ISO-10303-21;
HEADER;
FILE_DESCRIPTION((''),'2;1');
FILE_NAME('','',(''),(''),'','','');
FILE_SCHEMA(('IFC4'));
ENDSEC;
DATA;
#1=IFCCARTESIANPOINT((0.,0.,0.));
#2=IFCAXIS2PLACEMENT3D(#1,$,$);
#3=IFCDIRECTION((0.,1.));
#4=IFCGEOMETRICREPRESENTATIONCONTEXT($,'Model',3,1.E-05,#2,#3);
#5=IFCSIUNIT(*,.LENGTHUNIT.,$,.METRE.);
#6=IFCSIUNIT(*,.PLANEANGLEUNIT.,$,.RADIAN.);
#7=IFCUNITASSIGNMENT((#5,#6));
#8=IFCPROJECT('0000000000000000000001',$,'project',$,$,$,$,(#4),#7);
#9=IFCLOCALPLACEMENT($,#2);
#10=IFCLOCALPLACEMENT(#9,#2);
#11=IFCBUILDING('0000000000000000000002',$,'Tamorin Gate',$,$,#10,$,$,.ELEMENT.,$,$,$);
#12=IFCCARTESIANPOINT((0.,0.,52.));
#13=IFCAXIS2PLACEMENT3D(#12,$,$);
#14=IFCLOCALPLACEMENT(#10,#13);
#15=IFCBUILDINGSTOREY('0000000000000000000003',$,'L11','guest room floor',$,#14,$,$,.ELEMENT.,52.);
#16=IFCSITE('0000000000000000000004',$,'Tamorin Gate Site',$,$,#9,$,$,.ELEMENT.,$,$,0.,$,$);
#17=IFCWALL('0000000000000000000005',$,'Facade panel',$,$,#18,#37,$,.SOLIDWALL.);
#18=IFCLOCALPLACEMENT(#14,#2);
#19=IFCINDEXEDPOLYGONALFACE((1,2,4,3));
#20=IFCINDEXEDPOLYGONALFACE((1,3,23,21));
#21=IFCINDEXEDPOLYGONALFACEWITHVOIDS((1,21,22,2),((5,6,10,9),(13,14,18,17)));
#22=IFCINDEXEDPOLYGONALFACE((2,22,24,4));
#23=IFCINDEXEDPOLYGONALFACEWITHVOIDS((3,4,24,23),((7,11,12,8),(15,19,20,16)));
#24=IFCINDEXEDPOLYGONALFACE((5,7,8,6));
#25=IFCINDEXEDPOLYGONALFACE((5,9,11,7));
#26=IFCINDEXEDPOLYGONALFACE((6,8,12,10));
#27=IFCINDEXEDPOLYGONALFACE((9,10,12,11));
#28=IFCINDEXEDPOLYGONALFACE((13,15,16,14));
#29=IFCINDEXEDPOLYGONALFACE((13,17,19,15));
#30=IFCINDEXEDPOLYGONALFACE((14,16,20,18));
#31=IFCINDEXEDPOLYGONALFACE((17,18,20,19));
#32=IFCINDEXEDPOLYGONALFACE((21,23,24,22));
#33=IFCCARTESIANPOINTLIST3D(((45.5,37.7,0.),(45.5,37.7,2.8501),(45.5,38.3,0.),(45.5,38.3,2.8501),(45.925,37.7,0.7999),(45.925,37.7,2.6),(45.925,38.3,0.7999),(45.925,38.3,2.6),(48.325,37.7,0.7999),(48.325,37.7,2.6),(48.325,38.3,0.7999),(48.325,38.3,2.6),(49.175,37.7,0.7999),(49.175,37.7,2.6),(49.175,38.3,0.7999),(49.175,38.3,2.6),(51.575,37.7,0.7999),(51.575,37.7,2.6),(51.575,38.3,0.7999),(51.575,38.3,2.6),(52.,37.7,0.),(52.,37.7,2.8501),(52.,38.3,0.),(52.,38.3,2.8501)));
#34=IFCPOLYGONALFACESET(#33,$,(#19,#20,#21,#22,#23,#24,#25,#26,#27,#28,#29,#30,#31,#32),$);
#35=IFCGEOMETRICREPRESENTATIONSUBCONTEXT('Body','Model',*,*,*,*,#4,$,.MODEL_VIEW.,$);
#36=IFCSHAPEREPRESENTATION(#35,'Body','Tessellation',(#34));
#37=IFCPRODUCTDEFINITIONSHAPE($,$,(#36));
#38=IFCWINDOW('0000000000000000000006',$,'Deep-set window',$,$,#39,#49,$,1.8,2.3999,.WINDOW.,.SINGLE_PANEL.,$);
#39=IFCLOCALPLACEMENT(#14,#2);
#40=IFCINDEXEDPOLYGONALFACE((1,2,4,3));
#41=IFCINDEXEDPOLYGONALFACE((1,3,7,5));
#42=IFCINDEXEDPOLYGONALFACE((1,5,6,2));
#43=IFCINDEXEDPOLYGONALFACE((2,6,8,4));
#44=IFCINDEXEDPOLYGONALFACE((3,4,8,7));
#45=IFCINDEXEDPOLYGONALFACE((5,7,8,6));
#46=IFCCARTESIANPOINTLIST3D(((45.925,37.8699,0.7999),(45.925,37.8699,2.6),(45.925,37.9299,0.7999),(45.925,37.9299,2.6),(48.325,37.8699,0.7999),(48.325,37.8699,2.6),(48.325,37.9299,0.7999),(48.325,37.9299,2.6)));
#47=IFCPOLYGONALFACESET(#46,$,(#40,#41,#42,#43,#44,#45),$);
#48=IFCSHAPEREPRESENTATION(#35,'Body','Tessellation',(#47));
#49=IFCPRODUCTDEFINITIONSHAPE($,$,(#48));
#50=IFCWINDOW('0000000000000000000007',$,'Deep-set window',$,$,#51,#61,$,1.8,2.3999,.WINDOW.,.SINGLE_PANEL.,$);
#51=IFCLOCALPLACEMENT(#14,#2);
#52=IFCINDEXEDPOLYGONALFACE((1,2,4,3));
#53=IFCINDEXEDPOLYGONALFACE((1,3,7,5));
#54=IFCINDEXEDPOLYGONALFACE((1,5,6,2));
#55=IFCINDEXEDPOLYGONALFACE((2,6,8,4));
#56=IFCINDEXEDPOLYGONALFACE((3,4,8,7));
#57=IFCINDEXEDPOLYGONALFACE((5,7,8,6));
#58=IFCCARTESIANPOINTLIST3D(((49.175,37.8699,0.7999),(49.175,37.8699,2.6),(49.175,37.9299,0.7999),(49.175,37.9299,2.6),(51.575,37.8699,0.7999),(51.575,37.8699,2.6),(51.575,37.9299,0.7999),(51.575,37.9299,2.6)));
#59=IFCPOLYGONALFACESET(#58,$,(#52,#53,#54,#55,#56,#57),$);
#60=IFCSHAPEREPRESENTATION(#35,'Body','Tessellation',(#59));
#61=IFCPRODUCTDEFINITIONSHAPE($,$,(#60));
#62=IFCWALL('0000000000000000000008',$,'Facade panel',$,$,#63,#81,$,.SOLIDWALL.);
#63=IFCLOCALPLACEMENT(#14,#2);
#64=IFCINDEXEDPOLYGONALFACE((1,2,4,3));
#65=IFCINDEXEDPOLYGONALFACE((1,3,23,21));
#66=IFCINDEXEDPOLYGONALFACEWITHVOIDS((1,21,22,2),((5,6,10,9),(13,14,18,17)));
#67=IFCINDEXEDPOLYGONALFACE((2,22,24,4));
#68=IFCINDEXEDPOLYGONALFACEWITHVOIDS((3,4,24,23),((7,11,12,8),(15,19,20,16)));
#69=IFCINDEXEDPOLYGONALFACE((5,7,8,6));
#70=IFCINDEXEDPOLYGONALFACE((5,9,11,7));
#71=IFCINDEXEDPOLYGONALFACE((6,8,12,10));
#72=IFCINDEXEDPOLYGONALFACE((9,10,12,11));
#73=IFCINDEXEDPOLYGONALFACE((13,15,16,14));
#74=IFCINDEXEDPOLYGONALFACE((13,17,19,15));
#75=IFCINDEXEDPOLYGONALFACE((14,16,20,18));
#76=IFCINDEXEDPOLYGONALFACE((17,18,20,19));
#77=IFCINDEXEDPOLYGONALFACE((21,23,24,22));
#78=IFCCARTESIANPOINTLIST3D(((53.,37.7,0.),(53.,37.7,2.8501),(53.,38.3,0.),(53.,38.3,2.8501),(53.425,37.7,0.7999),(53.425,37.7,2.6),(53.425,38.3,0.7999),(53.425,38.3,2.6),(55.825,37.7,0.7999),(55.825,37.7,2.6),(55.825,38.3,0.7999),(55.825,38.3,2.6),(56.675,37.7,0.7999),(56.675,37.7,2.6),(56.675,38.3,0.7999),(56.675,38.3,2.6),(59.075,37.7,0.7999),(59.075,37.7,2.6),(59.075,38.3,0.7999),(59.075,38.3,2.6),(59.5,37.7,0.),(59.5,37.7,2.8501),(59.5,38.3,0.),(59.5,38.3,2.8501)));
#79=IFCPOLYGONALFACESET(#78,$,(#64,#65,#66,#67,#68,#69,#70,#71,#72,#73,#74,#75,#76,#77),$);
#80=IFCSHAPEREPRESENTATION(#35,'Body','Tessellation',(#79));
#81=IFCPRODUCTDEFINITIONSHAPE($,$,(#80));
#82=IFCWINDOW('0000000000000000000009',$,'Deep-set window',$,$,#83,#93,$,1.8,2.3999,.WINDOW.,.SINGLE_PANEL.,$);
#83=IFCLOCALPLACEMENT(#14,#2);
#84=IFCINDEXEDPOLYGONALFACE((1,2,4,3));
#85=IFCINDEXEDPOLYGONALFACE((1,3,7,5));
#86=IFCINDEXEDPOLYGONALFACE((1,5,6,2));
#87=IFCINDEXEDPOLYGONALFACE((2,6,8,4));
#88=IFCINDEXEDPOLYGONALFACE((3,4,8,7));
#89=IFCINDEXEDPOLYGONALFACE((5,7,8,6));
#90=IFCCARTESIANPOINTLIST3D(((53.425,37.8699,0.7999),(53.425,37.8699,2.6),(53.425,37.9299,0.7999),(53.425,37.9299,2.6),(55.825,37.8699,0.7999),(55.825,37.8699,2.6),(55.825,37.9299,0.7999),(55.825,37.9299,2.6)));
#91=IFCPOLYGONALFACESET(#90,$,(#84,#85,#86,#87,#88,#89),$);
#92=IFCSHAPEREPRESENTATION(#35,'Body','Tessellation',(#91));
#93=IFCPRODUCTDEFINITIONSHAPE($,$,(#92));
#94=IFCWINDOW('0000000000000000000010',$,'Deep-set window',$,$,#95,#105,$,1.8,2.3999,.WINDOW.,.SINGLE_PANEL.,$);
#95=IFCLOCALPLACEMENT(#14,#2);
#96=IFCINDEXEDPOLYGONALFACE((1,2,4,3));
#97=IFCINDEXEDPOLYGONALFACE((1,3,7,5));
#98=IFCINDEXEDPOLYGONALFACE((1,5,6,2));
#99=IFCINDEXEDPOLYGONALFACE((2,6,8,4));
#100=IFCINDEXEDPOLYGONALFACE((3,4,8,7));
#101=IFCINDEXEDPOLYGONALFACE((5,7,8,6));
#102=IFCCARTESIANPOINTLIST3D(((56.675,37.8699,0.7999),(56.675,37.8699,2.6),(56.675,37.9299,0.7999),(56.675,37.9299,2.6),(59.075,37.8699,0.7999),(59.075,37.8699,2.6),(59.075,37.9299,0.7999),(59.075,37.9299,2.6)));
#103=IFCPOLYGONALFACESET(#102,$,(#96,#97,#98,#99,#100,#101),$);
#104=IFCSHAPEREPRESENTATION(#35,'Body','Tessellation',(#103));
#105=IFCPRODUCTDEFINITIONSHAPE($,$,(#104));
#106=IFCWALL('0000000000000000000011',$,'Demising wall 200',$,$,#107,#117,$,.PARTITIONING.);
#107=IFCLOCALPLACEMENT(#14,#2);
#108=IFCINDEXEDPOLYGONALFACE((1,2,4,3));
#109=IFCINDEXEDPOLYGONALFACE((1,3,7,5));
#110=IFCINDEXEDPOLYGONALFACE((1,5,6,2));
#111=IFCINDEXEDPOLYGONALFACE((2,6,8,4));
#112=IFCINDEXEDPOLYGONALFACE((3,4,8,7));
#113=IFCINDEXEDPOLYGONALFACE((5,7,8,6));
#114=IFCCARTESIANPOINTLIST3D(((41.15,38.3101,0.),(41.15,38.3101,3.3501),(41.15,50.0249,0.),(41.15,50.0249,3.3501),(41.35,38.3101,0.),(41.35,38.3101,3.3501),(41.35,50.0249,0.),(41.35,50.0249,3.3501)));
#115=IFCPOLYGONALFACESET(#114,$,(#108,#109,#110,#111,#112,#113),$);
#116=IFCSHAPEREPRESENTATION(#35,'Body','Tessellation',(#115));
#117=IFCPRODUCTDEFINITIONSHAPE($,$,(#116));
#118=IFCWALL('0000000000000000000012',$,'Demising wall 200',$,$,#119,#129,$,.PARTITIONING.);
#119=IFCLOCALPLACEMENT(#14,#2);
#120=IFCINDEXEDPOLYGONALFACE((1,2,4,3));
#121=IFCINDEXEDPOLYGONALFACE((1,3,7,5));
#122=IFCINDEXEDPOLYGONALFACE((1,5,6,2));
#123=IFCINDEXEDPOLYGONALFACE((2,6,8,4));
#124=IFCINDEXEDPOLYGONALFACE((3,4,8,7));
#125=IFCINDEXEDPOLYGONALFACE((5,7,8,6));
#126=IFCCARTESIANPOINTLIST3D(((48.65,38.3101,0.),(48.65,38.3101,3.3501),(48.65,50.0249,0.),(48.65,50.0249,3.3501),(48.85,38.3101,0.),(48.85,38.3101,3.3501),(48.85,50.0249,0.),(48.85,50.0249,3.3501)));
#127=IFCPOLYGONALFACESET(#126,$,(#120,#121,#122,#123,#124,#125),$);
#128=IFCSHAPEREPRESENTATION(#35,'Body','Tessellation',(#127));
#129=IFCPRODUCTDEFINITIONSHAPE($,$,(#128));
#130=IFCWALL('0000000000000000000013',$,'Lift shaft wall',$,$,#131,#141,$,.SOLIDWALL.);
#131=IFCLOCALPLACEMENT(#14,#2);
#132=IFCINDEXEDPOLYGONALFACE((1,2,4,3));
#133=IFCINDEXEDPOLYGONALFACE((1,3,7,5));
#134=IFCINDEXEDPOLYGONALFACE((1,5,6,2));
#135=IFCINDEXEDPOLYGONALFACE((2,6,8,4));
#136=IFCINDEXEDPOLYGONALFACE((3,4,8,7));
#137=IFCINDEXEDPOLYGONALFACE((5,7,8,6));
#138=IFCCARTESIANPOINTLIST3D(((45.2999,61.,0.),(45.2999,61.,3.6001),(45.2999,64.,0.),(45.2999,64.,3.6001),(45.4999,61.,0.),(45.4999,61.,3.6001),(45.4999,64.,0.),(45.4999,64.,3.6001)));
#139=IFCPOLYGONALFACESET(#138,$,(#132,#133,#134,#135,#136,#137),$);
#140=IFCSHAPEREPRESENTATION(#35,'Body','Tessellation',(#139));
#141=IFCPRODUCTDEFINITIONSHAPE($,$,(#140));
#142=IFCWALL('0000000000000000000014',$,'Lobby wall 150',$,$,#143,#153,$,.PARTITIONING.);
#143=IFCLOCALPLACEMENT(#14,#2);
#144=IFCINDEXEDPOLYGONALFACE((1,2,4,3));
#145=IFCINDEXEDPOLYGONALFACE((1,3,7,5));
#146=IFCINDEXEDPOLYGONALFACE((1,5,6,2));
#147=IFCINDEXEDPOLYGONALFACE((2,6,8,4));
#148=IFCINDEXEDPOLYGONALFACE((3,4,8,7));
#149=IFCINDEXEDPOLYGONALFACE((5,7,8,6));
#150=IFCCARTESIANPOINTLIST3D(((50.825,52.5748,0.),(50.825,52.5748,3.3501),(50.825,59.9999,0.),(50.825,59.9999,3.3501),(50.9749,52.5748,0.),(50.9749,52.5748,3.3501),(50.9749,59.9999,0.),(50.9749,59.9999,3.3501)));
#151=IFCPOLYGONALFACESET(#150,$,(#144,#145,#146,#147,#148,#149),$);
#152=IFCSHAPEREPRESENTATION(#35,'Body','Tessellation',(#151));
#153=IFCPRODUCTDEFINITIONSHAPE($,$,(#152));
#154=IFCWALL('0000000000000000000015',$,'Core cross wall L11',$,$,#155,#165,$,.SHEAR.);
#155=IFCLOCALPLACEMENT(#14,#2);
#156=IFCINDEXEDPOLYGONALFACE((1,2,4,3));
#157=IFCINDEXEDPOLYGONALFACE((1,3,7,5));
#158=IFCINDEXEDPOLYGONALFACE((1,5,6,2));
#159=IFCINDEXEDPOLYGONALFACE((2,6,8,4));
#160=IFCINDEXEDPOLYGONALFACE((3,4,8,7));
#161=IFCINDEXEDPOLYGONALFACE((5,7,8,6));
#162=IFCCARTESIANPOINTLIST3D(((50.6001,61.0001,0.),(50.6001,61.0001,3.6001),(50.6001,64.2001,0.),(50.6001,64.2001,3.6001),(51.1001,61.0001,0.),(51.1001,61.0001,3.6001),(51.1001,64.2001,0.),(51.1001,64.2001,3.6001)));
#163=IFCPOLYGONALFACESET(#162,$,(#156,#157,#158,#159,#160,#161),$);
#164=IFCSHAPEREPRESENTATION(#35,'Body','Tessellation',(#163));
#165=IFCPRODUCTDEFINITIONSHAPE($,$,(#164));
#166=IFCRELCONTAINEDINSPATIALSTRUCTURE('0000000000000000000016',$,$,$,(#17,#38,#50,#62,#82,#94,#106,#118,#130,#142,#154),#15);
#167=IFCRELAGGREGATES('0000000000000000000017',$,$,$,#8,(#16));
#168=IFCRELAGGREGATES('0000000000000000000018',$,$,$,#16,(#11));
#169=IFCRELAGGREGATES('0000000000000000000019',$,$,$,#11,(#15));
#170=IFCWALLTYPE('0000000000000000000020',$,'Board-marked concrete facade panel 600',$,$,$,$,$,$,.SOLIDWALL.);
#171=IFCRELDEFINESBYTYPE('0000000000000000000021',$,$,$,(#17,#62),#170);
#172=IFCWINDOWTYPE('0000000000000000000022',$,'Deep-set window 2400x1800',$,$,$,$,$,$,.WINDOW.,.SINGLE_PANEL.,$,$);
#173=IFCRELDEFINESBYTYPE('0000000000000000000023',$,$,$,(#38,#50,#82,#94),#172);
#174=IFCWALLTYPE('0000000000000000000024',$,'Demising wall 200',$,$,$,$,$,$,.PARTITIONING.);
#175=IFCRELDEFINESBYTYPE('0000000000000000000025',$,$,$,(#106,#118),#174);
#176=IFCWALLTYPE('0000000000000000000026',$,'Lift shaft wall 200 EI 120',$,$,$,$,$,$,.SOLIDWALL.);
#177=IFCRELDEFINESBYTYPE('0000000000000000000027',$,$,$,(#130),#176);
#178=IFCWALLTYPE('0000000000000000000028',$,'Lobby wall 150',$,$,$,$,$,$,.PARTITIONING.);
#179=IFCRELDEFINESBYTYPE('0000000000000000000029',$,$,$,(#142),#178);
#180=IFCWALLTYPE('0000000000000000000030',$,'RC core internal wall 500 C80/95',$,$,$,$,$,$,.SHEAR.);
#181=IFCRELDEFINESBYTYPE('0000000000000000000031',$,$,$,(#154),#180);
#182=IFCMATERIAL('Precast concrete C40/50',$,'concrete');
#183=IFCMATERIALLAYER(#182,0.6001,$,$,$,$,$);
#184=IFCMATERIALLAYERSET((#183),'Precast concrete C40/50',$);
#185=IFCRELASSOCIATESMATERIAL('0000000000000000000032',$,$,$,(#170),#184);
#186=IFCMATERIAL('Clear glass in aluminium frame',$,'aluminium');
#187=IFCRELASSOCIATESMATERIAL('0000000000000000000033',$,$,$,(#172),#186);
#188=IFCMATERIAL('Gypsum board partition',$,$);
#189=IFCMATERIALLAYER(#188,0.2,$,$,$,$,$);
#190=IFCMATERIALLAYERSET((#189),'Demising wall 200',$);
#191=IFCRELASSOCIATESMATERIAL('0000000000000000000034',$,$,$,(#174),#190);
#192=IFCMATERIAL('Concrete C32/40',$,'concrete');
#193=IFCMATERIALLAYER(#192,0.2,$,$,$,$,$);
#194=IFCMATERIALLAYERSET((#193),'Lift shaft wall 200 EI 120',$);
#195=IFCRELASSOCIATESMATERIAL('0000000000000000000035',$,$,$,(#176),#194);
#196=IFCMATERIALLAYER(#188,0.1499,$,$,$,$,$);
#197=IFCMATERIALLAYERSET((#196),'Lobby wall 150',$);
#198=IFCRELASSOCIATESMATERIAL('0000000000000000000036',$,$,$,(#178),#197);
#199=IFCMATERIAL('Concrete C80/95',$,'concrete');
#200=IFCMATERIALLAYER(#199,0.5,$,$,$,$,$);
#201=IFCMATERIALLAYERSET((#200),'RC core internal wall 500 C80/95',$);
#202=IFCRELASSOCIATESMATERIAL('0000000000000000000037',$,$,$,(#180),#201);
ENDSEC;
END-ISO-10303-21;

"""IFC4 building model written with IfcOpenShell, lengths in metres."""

from ifc_helpers import new_model, si_unit, direction, frame, frame_2d, origin, place, context, subcontext, project, spatial, rectangle, extrude, material, layer, layer_set, type_object, element, fill, save


model = new_model("IFC4")

# Units and contexts
model_context = context("Model", 3, precision=1e-05, world=origin(), true_north=direction((0.0, 1.0)))
body_context = subcontext(model_context, "Body", "Model", "MODEL_VIEW")
ifc_project = project(units=[si_unit("LENGTHUNIT", "METRE"), si_unit("PLANEANGLEUNIT", "RADIAN")], contexts=[model_context])

# Site, building, storey
site_placement = place(None, origin())
site = spatial("IfcSite", under=ifc_project, at=site_placement, Name="Tamorin Gate Site", CompositionType="ELEMENT", RefElevation=0.0)
building_placement = place(site_placement, origin())
building = spatial("IfcBuilding", under=site, at=building_placement, Name="Tamorin Gate", CompositionType="ELEMENT")
storey_placement = place(building_placement, frame((0.0, 0.0, 52.0)))
storey = spatial("IfcBuildingStorey", under=building, at=storey_placement, Name="L11", Description="guest room floor", CompositionType="ELEMENT", Elevation=52.0)

# Shared definitions
ifc_material_1 = material(Name="Concrete C80/95", Category="concrete")

# Walls, openings, windows
ifc_material_2 = material(Name="Precast concrete C40/50", Category="concrete")
ifc_layer_1 = layer(ifc_material_2, 0.6001)
ifc_layer_set_1 = layer_set([ifc_layer_1], Name="Precast concrete C40/50")
wall_type_1 = type_object("IfcWallType", Name="Board-marked concrete facade panel 600", PredefinedType="SOLIDWALL", material=ifc_layer_set_1)
ifc_material_3 = material(Name="Clear glass in aluminium frame", Category="aluminium")
window_type = type_object("IfcWindowType", Name="Deep-set window 2400x1800", PartitioningType="SINGLE_PANEL", PredefinedType="WINDOW", material=ifc_material_3)
wall_1_placement = place(storey_placement, frame((45.5, 38.0, 0.0), z_axis=(0.0, 0.0, 1.0), x_axis=(1.0, 0.0, 0.0)))
wall_1 = element("IfcWall", 1, at=wall_1_placement, inside=storey, type_object=wall_type_1, Name="Facade panel", PredefinedType="SOLIDWALL", context=body_context, shape_type="SweptSolid", body=[
    extrude(rectangle(XDim=6.5, YDim=0.6001, at=frame_2d((3.25, 0.0))), origin(), (0.0, 0.0, 1.0), 2.8501),
])
opening_1_placement = place(wall_1_placement, frame((0.425, 0.0, 0.8)))
opening_1 = element("IfcOpeningElement", 2, at=opening_1_placement, cuts=wall_1, PredefinedType="OPENING", context=body_context, shape_type="SweptSolid", body=[
    extrude(rectangle(XDim=2.3999, YDim=1.8, at=frame_2d((1.2, 0.8999))), frame((0.0, 0.3101, 0.0), z_axis=(0.0, -1.0, 0.0), x_axis=(1.0, 0.0, 0.0)), (0.0, 0.0, 1.0), 0.6201),
])
opening_2_placement = place(wall_1_placement, frame((3.675, 0.0, 0.8)))
opening_2 = element("IfcOpeningElement", 3, at=opening_2_placement, cuts=wall_1, PredefinedType="OPENING", context=body_context, shape_type="SweptSolid", body=[
    extrude(rectangle(XDim=2.3999, YDim=1.8, at=frame_2d((1.2, 0.8999))), frame((0.0, 0.3101, 0.0), z_axis=(0.0, -1.0, 0.0), x_axis=(1.0, 0.0, 0.0)), (0.0, 0.0, 1.0), 0.6201),
])
window_1_placement = place(opening_1_placement, origin())
window_1 = element("IfcWindow", 4, at=window_1_placement, inside=storey, type_object=window_type, Name="Deep-set window", OverallHeight=1.8, OverallWidth=2.3999, PartitioningType="SINGLE_PANEL", PredefinedType="WINDOW", context=body_context, shape_type="SweptSolid", body=[
    extrude(rectangle(XDim=2.3999, YDim=1.8, at=frame_2d((1.2, 0.8999))), frame((0.0, -0.0701, 0.0), z_axis=(0.0, -1.0, 0.0), x_axis=(1.0, 0.0, 0.0)), (0.0, 0.0, 1.0), 0.0601),
])
fill(opening_1, window_1)
window_2_placement = place(opening_2_placement, origin())
window_2 = element("IfcWindow", 5, at=window_2_placement, inside=storey, type_object=window_type, Name="Deep-set window", OverallHeight=1.8, OverallWidth=2.3999, PartitioningType="SINGLE_PANEL", PredefinedType="WINDOW", context=body_context, shape_type="SweptSolid", body=[
    extrude(rectangle(XDim=2.3999, YDim=1.8, at=frame_2d((1.2, 0.8999))), frame((0.0, -0.0701, 0.0), z_axis=(0.0, -1.0, 0.0), x_axis=(1.0, 0.0, 0.0)), (0.0, 0.0, 1.0), 0.0601),
])
fill(opening_2, window_2)
wall_2_placement = place(storey_placement, frame((53.0, 38.0, 0.0), z_axis=(0.0, 0.0, 1.0), x_axis=(1.0, 0.0, 0.0)))
wall_2 = element("IfcWall", 6, at=wall_2_placement, inside=storey, type_object=wall_type_1, Name="Facade panel", PredefinedType="SOLIDWALL", context=body_context, shape_type="SweptSolid", body=[
    extrude(rectangle(XDim=6.5, YDim=0.6001, at=frame_2d((3.25, 0.0))), origin(), (0.0, 0.0, 1.0), 2.8501),
])
opening_3_placement = place(wall_2_placement, frame((0.425, 0.0, 0.8)))
opening_3 = element("IfcOpeningElement", 7, at=opening_3_placement, cuts=wall_2, PredefinedType="OPENING", context=body_context, shape_type="SweptSolid", body=[
    extrude(rectangle(XDim=2.3999, YDim=1.8, at=frame_2d((1.2, 0.8999))), frame((0.0, 0.3101, 0.0), z_axis=(0.0, -1.0, 0.0), x_axis=(1.0, 0.0, 0.0)), (0.0, 0.0, 1.0), 0.6201),
])
opening_4_placement = place(wall_2_placement, frame((3.675, 0.0, 0.8)))
opening_4 = element("IfcOpeningElement", 8, at=opening_4_placement, cuts=wall_2, PredefinedType="OPENING", context=body_context, shape_type="SweptSolid", body=[
    extrude(rectangle(XDim=2.3999, YDim=1.8, at=frame_2d((1.2, 0.8999))), frame((0.0, 0.3101, 0.0), z_axis=(0.0, -1.0, 0.0), x_axis=(1.0, 0.0, 0.0)), (0.0, 0.0, 1.0), 0.6201),
])
window_3_placement = place(opening_3_placement, origin())
window_3 = element("IfcWindow", 9, at=window_3_placement, inside=storey, type_object=window_type, Name="Deep-set window", OverallHeight=1.8, OverallWidth=2.3999, PartitioningType="SINGLE_PANEL", PredefinedType="WINDOW", context=body_context, shape_type="SweptSolid", body=[
    extrude(rectangle(XDim=2.3999, YDim=1.8, at=frame_2d((1.2, 0.8999))), frame((0.0, -0.0701, 0.0), z_axis=(0.0, -1.0, 0.0), x_axis=(1.0, 0.0, 0.0)), (0.0, 0.0, 1.0), 0.0601),
])
fill(opening_3, window_3)
window_4_placement = place(opening_4_placement, origin())
window_4 = element("IfcWindow", 10, at=window_4_placement, inside=storey, type_object=window_type, Name="Deep-set window", OverallHeight=1.8, OverallWidth=2.3999, PartitioningType="SINGLE_PANEL", PredefinedType="WINDOW", context=body_context, shape_type="SweptSolid", body=[
    extrude(rectangle(XDim=2.3999, YDim=1.8, at=frame_2d((1.2, 0.8999))), frame((0.0, -0.0701, 0.0), z_axis=(0.0, -1.0, 0.0), x_axis=(1.0, 0.0, 0.0)), (0.0, 0.0, 1.0), 0.0601),
])
fill(opening_4, window_4)

# Walls
ifc_material_4 = material(Name="Gypsum board partition")
ifc_layer_2 = layer(ifc_material_4, 0.2)
ifc_layer_set_2 = layer_set([ifc_layer_2], Name="Demising wall 200")
wall_type_2 = type_object("IfcWallType", Name="Demising wall 200", PredefinedType="PARTITIONING", material=ifc_layer_set_2)
for number, where, z_axis, x_axis, name in (
    (11, (41.25, 38.3101, 0.0), (0.0, 0.0, 1.0), (0.0, 1.0, 0.0), "Demising wall 200"),
    (12, (48.75, 38.3101, 0.0), (0.0, 0.0, 1.0), (0.0, 1.0, 0.0), "Demising wall 200"),
):
    element("IfcWall", number, at=place(storey_placement, frame(where, z_axis=z_axis, x_axis=x_axis)), inside=storey, type_object=wall_type_2, Name=name, PredefinedType="PARTITIONING", context=body_context, shape_type="SweptSolid", body=[
        extrude(rectangle(XDim=11.7148, YDim=0.2, at=frame_2d((5.8574, 0.0))), origin(), (0.0, 0.0, 1.0), 3.3501),
    ])
ifc_material_5 = material(Name="Concrete C32/40", Category="concrete")
ifc_layer_3 = layer(ifc_material_5, 0.2)
ifc_layer_set_3 = layer_set([ifc_layer_3], Name="Lift shaft wall 200 EI 120")
wall_type_3 = type_object("IfcWallType", Name="Lift shaft wall 200 EI 120", PredefinedType="SOLIDWALL", material=ifc_layer_set_3)
wall_3_placement = place(storey_placement, frame((45.3999, 61.0, 0.0), z_axis=(0.0, 0.0, 1.0), x_axis=(0.0, 1.0, 0.0)))
element("IfcWall", 13, at=wall_3_placement, inside=storey, type_object=wall_type_3, Name="Lift shaft wall", PredefinedType="SOLIDWALL", context=body_context, shape_type="SweptSolid", body=[
    extrude(rectangle(XDim=3.0, YDim=0.2, at=frame_2d((1.5, 0.0))), origin(), (0.0, 0.0, 1.0), 3.6001),
])
ifc_layer_4 = layer(ifc_material_4, 0.1499)
ifc_layer_set_4 = layer_set([ifc_layer_4], Name="Lobby wall 150")
wall_type_4 = type_object("IfcWallType", Name="Lobby wall 150", PredefinedType="PARTITIONING", material=ifc_layer_set_4)
wall_4_placement = place(storey_placement, frame((50.8999, 52.575, 0.0), z_axis=(0.0, 0.0, 1.0), x_axis=(0.0, 1.0, 0.0)))
element("IfcWall", 14, at=wall_4_placement, inside=storey, type_object=wall_type_4, Name="Lobby wall 150", PredefinedType="PARTITIONING", context=body_context, shape_type="SweptSolid", body=[
    extrude(rectangle(XDim=7.425, YDim=0.1499, at=frame_2d((3.7124, 0.0))), origin(), (0.0, 0.0, 1.0), 3.3501),
])
ifc_layer_5 = layer(ifc_material_1, 0.5)
ifc_layer_set_5 = layer_set([ifc_layer_5], Name="RC core internal wall 500 C80/95")
wall_type_5 = type_object("IfcWallType", Name="RC core internal wall 500 C80/95", PredefinedType="SHEAR", material=ifc_layer_set_5)
wall_5_placement = place(storey_placement, frame((50.8501, 61.0, 0.0), z_axis=(0.0, 0.0, 1.0), x_axis=(0.0, 1.0, 0.0)))
element("IfcWall", 15, at=wall_5_placement, inside=storey, type_object=wall_type_5, Name="Core cross wall L11", PredefinedType="SHEAR", context=body_context, shape_type="SweptSolid", body=[
    extrude(rectangle(XDim=3.2, YDim=0.5, at=frame_2d((1.6001, 0.0))), origin(), (0.0, 0.0, 1.0), 3.6001),
])

save(model, "model.ifc")
